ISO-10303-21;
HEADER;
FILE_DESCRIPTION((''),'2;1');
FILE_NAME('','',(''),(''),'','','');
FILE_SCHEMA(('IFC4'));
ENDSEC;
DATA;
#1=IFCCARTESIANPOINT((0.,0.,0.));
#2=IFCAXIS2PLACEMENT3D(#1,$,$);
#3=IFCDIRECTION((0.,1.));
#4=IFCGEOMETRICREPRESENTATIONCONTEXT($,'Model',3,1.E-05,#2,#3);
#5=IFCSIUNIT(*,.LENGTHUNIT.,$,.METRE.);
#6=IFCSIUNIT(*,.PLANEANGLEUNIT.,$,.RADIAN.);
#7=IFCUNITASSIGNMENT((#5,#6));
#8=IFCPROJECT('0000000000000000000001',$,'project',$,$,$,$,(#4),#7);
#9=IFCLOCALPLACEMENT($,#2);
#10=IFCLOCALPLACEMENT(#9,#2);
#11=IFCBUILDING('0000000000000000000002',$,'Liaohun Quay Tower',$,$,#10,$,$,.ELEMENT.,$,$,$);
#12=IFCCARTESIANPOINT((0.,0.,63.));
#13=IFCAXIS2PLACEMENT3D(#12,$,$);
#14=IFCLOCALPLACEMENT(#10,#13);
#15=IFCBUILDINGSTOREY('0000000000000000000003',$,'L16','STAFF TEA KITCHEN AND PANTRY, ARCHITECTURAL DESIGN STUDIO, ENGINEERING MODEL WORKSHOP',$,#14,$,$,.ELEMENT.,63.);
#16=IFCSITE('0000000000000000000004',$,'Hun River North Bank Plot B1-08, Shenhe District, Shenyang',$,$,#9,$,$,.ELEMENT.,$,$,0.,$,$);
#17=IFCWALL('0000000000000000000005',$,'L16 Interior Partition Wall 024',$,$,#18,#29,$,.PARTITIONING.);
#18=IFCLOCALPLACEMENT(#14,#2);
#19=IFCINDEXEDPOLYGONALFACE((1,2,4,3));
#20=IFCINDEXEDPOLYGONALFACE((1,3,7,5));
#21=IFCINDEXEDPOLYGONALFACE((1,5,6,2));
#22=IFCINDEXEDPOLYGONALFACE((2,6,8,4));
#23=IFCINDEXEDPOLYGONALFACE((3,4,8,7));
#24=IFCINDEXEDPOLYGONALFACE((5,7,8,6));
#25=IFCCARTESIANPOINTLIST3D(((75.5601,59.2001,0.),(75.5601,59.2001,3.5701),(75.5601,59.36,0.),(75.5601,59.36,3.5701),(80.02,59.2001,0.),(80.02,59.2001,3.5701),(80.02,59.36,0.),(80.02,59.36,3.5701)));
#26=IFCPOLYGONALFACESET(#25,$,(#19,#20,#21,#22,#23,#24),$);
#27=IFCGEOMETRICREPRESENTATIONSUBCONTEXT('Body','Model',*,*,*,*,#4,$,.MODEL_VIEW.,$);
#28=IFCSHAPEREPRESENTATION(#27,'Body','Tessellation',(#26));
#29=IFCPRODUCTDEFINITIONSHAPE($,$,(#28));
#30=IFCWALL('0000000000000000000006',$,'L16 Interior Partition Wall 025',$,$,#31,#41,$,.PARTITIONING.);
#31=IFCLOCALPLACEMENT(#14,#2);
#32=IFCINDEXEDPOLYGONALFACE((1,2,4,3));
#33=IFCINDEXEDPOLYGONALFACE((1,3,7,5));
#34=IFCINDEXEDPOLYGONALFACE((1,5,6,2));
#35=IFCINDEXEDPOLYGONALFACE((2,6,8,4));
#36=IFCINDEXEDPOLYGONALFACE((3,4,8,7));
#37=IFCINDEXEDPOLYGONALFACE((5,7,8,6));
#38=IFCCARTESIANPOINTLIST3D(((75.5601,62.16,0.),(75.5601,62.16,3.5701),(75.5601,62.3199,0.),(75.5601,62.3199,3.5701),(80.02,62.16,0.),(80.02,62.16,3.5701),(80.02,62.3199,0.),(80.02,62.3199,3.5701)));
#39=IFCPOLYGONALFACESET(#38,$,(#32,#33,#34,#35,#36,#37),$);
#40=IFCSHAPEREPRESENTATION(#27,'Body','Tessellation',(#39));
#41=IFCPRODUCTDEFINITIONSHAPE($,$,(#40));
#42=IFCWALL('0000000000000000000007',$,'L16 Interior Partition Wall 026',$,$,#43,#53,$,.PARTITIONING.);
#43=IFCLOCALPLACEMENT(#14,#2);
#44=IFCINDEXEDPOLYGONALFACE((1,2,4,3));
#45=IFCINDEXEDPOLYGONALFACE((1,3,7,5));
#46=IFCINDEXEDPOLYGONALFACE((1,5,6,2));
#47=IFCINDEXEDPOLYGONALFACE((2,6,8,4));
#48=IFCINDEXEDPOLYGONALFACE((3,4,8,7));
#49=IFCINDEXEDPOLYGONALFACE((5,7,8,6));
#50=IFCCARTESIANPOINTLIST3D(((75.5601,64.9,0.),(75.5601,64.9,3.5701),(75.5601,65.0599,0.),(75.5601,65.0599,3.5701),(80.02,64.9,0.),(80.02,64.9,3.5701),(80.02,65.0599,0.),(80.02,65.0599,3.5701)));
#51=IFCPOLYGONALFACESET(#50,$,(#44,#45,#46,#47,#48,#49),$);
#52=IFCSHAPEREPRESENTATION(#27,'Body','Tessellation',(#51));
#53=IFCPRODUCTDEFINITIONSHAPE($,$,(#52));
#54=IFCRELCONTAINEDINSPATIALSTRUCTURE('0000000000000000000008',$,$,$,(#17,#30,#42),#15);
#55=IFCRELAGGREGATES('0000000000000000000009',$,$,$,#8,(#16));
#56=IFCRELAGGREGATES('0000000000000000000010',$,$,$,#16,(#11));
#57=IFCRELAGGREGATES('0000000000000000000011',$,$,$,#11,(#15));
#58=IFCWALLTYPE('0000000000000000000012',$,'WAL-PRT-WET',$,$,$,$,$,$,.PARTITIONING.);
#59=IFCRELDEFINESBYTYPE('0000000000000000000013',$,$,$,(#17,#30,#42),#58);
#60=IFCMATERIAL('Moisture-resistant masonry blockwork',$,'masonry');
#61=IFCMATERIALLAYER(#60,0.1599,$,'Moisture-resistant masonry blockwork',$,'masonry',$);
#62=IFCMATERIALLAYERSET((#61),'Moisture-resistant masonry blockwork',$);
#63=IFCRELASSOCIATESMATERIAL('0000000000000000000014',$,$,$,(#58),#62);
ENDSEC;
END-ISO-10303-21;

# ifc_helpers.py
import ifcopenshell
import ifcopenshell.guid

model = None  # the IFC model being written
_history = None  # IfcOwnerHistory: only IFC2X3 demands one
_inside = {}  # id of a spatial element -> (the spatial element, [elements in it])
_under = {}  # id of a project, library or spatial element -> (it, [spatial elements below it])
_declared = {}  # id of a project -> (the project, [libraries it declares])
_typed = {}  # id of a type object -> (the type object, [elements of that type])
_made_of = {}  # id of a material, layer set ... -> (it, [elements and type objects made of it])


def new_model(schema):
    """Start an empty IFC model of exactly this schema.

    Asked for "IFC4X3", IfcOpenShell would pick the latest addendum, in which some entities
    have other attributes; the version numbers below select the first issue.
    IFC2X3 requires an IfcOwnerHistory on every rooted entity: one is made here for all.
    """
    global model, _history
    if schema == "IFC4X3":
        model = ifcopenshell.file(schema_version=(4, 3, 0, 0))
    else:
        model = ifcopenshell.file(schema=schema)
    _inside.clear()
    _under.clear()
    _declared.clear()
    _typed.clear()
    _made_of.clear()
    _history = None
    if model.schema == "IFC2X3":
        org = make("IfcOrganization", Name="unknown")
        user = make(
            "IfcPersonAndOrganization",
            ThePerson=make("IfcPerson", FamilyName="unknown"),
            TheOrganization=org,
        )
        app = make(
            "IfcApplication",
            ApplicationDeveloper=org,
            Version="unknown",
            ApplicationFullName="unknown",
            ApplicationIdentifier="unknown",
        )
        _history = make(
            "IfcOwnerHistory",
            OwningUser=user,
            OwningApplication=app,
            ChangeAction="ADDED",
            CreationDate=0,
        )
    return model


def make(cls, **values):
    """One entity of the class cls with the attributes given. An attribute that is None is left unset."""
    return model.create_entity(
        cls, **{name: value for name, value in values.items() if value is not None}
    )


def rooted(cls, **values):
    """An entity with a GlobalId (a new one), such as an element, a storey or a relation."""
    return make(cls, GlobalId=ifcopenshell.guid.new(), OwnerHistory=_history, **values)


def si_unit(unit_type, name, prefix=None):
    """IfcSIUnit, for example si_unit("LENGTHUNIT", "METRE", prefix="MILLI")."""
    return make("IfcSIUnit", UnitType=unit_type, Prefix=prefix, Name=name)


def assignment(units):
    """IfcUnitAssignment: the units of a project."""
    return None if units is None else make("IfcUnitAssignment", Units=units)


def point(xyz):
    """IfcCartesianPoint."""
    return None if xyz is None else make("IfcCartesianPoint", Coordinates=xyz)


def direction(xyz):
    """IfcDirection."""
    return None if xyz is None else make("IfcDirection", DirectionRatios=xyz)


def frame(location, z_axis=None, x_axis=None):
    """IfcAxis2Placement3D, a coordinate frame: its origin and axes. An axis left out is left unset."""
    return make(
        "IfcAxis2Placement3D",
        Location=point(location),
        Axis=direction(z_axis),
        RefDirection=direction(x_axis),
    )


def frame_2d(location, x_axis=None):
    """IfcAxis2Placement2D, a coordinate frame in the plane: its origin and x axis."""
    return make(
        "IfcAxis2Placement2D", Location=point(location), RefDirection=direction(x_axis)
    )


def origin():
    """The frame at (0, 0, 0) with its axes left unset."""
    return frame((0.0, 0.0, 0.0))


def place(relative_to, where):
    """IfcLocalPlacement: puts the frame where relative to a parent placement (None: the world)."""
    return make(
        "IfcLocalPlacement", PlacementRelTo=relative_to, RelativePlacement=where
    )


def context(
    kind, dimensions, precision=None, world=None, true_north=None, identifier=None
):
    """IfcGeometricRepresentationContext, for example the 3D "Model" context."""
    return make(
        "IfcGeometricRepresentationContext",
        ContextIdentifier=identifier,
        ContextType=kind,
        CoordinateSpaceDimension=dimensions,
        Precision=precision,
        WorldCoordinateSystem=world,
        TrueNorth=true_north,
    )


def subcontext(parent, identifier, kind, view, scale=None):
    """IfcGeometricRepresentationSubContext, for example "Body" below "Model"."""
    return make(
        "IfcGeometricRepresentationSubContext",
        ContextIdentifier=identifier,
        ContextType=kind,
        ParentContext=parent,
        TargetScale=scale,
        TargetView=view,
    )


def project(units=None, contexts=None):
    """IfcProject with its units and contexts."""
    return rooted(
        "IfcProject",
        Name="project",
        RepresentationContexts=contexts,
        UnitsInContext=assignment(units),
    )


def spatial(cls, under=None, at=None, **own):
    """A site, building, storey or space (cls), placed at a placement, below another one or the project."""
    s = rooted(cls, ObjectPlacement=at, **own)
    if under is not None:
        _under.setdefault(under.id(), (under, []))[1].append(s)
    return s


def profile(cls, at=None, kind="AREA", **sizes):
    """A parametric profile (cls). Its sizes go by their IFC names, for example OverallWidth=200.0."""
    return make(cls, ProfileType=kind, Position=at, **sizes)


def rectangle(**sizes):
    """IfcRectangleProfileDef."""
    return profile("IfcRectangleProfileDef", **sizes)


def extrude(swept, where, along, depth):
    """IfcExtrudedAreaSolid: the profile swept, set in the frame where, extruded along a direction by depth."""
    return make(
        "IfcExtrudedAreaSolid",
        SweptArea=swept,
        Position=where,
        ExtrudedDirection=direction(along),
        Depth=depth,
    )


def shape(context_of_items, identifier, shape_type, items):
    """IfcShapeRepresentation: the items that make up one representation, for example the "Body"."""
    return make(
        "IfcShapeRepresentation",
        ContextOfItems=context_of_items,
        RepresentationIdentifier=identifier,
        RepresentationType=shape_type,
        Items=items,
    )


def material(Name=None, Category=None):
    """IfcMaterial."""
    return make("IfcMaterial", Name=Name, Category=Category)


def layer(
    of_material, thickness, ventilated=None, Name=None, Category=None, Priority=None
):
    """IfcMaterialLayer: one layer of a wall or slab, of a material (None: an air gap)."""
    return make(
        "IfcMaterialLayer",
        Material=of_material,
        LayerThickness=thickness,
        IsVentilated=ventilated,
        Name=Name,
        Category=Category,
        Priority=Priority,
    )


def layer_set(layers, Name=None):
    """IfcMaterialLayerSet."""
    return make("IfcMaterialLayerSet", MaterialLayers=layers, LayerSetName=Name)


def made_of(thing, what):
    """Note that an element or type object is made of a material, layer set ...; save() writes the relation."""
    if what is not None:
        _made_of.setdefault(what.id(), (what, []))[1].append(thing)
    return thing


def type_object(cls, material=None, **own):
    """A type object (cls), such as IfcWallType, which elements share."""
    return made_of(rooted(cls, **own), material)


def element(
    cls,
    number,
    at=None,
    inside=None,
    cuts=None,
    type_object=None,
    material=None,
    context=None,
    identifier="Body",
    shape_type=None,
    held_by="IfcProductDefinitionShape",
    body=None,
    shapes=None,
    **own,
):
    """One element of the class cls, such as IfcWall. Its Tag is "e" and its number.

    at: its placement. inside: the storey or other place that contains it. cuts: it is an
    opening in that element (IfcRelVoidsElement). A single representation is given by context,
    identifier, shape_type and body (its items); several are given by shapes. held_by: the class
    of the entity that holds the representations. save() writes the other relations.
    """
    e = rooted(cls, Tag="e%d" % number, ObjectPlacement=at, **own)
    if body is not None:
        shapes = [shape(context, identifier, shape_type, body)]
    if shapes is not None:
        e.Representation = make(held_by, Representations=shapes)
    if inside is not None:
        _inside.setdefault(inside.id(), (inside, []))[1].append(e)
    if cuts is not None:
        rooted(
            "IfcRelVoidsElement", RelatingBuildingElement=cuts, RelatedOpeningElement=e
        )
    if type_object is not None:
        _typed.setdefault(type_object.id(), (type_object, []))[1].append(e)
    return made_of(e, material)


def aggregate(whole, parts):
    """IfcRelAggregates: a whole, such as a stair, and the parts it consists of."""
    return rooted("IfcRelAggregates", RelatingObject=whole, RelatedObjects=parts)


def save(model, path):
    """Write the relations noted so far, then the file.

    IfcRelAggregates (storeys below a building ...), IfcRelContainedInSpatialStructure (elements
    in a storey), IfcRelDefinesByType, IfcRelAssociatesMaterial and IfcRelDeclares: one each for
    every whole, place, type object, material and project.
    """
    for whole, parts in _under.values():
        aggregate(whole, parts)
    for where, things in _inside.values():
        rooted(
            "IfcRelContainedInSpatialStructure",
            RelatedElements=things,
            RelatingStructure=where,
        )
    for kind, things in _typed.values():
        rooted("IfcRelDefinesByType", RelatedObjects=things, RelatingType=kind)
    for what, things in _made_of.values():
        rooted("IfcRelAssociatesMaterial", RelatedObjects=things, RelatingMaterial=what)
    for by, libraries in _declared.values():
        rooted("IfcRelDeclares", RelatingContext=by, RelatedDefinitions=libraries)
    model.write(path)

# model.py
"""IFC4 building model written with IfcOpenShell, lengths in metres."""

from ifc_helpers import new_model, si_unit, direction, frame, frame_2d, origin, place, context, subcontext, project, spatial, rectangle, extrude, material, layer, layer_set, type_object, element, save


model = new_model("IFC4")

# Units and contexts
model_context = context("Model", 3, precision=1e-05, world=origin(), true_north=direction((0.0, 1.0)))
body_context = subcontext(model_context, "Body", "Model", "MODEL_VIEW")
ifc_project = project(units=[si_unit("LENGTHUNIT", "METRE"), si_unit("PLANEANGLEUNIT", "RADIAN")], contexts=[model_context])

# Site, building, storey
site_placement = place(None, origin())
site = spatial("IfcSite", under=ifc_project, at=site_placement, Name="Hun River North Bank Plot B1-08, Shenhe District, Shenyang", CompositionType="ELEMENT", RefElevation=0.0)
building_placement = place(site_placement, origin())
building = spatial("IfcBuilding", under=site, at=building_placement, Name="Liaohun Quay Tower", CompositionType="ELEMENT")
storey_placement = place(building_placement, frame((0.0, 0.0, 63.0)))
storey = spatial("IfcBuildingStorey", under=building, at=storey_placement, Name="L16", Description="STAFF TEA KITCHEN AND PANTRY, ARCHITECTURAL DESIGN STUDIO, ENGINEERING MODEL WORKSHOP", CompositionType="ELEMENT", Elevation=63.0)

# Shared definitions
ifc_material_1 = material(Name="Moisture-resistant masonry blockwork", Category="masonry")
ifc_layer_1 = layer(ifc_material_1, 0.1599, Name="Moisture-resistant masonry blockwork", Category="masonry")
ifc_layer_set_1 = layer_set([ifc_layer_1], Name="Moisture-resistant masonry blockwork")
wall_type_1 = type_object("IfcWallType", Name="WAL-PRT-WET", PredefinedType="PARTITIONING", material=ifc_layer_set_1)

# Walls
for number, where, z_axis, x_axis, name in (
    (1, (75.5601, 59.28, 0.0), (0.0, 0.0, 1.0), (1.0, 0.0, 0.0), "L16 Interior Partition Wall 024"),
    (2, (75.5601, 62.24, 0.0), (0.0, 0.0, 1.0), (1.0, 0.0, 0.0), "L16 Interior Partition Wall 025"),
    (3, (75.5601, 64.98, 0.0), (0.0, 0.0, 1.0), (1.0, 0.0, 0.0), "L16 Interior Partition Wall 026"),
):
    element("IfcWall", number, at=place(storey_placement, frame(where, z_axis=z_axis, x_axis=x_axis)), inside=storey, type_object=wall_type_1, Name=name, PredefinedType="PARTITIONING", context=body_context, shape_type="SweptSolid", body=[
        extrude(rectangle(XDim=4.46, YDim=0.1599, at=frame_2d((2.23, 0.0))), origin(), (0.0, 0.0, 1.0), 3.5701),
    ])

save(model, "model.ifc")
